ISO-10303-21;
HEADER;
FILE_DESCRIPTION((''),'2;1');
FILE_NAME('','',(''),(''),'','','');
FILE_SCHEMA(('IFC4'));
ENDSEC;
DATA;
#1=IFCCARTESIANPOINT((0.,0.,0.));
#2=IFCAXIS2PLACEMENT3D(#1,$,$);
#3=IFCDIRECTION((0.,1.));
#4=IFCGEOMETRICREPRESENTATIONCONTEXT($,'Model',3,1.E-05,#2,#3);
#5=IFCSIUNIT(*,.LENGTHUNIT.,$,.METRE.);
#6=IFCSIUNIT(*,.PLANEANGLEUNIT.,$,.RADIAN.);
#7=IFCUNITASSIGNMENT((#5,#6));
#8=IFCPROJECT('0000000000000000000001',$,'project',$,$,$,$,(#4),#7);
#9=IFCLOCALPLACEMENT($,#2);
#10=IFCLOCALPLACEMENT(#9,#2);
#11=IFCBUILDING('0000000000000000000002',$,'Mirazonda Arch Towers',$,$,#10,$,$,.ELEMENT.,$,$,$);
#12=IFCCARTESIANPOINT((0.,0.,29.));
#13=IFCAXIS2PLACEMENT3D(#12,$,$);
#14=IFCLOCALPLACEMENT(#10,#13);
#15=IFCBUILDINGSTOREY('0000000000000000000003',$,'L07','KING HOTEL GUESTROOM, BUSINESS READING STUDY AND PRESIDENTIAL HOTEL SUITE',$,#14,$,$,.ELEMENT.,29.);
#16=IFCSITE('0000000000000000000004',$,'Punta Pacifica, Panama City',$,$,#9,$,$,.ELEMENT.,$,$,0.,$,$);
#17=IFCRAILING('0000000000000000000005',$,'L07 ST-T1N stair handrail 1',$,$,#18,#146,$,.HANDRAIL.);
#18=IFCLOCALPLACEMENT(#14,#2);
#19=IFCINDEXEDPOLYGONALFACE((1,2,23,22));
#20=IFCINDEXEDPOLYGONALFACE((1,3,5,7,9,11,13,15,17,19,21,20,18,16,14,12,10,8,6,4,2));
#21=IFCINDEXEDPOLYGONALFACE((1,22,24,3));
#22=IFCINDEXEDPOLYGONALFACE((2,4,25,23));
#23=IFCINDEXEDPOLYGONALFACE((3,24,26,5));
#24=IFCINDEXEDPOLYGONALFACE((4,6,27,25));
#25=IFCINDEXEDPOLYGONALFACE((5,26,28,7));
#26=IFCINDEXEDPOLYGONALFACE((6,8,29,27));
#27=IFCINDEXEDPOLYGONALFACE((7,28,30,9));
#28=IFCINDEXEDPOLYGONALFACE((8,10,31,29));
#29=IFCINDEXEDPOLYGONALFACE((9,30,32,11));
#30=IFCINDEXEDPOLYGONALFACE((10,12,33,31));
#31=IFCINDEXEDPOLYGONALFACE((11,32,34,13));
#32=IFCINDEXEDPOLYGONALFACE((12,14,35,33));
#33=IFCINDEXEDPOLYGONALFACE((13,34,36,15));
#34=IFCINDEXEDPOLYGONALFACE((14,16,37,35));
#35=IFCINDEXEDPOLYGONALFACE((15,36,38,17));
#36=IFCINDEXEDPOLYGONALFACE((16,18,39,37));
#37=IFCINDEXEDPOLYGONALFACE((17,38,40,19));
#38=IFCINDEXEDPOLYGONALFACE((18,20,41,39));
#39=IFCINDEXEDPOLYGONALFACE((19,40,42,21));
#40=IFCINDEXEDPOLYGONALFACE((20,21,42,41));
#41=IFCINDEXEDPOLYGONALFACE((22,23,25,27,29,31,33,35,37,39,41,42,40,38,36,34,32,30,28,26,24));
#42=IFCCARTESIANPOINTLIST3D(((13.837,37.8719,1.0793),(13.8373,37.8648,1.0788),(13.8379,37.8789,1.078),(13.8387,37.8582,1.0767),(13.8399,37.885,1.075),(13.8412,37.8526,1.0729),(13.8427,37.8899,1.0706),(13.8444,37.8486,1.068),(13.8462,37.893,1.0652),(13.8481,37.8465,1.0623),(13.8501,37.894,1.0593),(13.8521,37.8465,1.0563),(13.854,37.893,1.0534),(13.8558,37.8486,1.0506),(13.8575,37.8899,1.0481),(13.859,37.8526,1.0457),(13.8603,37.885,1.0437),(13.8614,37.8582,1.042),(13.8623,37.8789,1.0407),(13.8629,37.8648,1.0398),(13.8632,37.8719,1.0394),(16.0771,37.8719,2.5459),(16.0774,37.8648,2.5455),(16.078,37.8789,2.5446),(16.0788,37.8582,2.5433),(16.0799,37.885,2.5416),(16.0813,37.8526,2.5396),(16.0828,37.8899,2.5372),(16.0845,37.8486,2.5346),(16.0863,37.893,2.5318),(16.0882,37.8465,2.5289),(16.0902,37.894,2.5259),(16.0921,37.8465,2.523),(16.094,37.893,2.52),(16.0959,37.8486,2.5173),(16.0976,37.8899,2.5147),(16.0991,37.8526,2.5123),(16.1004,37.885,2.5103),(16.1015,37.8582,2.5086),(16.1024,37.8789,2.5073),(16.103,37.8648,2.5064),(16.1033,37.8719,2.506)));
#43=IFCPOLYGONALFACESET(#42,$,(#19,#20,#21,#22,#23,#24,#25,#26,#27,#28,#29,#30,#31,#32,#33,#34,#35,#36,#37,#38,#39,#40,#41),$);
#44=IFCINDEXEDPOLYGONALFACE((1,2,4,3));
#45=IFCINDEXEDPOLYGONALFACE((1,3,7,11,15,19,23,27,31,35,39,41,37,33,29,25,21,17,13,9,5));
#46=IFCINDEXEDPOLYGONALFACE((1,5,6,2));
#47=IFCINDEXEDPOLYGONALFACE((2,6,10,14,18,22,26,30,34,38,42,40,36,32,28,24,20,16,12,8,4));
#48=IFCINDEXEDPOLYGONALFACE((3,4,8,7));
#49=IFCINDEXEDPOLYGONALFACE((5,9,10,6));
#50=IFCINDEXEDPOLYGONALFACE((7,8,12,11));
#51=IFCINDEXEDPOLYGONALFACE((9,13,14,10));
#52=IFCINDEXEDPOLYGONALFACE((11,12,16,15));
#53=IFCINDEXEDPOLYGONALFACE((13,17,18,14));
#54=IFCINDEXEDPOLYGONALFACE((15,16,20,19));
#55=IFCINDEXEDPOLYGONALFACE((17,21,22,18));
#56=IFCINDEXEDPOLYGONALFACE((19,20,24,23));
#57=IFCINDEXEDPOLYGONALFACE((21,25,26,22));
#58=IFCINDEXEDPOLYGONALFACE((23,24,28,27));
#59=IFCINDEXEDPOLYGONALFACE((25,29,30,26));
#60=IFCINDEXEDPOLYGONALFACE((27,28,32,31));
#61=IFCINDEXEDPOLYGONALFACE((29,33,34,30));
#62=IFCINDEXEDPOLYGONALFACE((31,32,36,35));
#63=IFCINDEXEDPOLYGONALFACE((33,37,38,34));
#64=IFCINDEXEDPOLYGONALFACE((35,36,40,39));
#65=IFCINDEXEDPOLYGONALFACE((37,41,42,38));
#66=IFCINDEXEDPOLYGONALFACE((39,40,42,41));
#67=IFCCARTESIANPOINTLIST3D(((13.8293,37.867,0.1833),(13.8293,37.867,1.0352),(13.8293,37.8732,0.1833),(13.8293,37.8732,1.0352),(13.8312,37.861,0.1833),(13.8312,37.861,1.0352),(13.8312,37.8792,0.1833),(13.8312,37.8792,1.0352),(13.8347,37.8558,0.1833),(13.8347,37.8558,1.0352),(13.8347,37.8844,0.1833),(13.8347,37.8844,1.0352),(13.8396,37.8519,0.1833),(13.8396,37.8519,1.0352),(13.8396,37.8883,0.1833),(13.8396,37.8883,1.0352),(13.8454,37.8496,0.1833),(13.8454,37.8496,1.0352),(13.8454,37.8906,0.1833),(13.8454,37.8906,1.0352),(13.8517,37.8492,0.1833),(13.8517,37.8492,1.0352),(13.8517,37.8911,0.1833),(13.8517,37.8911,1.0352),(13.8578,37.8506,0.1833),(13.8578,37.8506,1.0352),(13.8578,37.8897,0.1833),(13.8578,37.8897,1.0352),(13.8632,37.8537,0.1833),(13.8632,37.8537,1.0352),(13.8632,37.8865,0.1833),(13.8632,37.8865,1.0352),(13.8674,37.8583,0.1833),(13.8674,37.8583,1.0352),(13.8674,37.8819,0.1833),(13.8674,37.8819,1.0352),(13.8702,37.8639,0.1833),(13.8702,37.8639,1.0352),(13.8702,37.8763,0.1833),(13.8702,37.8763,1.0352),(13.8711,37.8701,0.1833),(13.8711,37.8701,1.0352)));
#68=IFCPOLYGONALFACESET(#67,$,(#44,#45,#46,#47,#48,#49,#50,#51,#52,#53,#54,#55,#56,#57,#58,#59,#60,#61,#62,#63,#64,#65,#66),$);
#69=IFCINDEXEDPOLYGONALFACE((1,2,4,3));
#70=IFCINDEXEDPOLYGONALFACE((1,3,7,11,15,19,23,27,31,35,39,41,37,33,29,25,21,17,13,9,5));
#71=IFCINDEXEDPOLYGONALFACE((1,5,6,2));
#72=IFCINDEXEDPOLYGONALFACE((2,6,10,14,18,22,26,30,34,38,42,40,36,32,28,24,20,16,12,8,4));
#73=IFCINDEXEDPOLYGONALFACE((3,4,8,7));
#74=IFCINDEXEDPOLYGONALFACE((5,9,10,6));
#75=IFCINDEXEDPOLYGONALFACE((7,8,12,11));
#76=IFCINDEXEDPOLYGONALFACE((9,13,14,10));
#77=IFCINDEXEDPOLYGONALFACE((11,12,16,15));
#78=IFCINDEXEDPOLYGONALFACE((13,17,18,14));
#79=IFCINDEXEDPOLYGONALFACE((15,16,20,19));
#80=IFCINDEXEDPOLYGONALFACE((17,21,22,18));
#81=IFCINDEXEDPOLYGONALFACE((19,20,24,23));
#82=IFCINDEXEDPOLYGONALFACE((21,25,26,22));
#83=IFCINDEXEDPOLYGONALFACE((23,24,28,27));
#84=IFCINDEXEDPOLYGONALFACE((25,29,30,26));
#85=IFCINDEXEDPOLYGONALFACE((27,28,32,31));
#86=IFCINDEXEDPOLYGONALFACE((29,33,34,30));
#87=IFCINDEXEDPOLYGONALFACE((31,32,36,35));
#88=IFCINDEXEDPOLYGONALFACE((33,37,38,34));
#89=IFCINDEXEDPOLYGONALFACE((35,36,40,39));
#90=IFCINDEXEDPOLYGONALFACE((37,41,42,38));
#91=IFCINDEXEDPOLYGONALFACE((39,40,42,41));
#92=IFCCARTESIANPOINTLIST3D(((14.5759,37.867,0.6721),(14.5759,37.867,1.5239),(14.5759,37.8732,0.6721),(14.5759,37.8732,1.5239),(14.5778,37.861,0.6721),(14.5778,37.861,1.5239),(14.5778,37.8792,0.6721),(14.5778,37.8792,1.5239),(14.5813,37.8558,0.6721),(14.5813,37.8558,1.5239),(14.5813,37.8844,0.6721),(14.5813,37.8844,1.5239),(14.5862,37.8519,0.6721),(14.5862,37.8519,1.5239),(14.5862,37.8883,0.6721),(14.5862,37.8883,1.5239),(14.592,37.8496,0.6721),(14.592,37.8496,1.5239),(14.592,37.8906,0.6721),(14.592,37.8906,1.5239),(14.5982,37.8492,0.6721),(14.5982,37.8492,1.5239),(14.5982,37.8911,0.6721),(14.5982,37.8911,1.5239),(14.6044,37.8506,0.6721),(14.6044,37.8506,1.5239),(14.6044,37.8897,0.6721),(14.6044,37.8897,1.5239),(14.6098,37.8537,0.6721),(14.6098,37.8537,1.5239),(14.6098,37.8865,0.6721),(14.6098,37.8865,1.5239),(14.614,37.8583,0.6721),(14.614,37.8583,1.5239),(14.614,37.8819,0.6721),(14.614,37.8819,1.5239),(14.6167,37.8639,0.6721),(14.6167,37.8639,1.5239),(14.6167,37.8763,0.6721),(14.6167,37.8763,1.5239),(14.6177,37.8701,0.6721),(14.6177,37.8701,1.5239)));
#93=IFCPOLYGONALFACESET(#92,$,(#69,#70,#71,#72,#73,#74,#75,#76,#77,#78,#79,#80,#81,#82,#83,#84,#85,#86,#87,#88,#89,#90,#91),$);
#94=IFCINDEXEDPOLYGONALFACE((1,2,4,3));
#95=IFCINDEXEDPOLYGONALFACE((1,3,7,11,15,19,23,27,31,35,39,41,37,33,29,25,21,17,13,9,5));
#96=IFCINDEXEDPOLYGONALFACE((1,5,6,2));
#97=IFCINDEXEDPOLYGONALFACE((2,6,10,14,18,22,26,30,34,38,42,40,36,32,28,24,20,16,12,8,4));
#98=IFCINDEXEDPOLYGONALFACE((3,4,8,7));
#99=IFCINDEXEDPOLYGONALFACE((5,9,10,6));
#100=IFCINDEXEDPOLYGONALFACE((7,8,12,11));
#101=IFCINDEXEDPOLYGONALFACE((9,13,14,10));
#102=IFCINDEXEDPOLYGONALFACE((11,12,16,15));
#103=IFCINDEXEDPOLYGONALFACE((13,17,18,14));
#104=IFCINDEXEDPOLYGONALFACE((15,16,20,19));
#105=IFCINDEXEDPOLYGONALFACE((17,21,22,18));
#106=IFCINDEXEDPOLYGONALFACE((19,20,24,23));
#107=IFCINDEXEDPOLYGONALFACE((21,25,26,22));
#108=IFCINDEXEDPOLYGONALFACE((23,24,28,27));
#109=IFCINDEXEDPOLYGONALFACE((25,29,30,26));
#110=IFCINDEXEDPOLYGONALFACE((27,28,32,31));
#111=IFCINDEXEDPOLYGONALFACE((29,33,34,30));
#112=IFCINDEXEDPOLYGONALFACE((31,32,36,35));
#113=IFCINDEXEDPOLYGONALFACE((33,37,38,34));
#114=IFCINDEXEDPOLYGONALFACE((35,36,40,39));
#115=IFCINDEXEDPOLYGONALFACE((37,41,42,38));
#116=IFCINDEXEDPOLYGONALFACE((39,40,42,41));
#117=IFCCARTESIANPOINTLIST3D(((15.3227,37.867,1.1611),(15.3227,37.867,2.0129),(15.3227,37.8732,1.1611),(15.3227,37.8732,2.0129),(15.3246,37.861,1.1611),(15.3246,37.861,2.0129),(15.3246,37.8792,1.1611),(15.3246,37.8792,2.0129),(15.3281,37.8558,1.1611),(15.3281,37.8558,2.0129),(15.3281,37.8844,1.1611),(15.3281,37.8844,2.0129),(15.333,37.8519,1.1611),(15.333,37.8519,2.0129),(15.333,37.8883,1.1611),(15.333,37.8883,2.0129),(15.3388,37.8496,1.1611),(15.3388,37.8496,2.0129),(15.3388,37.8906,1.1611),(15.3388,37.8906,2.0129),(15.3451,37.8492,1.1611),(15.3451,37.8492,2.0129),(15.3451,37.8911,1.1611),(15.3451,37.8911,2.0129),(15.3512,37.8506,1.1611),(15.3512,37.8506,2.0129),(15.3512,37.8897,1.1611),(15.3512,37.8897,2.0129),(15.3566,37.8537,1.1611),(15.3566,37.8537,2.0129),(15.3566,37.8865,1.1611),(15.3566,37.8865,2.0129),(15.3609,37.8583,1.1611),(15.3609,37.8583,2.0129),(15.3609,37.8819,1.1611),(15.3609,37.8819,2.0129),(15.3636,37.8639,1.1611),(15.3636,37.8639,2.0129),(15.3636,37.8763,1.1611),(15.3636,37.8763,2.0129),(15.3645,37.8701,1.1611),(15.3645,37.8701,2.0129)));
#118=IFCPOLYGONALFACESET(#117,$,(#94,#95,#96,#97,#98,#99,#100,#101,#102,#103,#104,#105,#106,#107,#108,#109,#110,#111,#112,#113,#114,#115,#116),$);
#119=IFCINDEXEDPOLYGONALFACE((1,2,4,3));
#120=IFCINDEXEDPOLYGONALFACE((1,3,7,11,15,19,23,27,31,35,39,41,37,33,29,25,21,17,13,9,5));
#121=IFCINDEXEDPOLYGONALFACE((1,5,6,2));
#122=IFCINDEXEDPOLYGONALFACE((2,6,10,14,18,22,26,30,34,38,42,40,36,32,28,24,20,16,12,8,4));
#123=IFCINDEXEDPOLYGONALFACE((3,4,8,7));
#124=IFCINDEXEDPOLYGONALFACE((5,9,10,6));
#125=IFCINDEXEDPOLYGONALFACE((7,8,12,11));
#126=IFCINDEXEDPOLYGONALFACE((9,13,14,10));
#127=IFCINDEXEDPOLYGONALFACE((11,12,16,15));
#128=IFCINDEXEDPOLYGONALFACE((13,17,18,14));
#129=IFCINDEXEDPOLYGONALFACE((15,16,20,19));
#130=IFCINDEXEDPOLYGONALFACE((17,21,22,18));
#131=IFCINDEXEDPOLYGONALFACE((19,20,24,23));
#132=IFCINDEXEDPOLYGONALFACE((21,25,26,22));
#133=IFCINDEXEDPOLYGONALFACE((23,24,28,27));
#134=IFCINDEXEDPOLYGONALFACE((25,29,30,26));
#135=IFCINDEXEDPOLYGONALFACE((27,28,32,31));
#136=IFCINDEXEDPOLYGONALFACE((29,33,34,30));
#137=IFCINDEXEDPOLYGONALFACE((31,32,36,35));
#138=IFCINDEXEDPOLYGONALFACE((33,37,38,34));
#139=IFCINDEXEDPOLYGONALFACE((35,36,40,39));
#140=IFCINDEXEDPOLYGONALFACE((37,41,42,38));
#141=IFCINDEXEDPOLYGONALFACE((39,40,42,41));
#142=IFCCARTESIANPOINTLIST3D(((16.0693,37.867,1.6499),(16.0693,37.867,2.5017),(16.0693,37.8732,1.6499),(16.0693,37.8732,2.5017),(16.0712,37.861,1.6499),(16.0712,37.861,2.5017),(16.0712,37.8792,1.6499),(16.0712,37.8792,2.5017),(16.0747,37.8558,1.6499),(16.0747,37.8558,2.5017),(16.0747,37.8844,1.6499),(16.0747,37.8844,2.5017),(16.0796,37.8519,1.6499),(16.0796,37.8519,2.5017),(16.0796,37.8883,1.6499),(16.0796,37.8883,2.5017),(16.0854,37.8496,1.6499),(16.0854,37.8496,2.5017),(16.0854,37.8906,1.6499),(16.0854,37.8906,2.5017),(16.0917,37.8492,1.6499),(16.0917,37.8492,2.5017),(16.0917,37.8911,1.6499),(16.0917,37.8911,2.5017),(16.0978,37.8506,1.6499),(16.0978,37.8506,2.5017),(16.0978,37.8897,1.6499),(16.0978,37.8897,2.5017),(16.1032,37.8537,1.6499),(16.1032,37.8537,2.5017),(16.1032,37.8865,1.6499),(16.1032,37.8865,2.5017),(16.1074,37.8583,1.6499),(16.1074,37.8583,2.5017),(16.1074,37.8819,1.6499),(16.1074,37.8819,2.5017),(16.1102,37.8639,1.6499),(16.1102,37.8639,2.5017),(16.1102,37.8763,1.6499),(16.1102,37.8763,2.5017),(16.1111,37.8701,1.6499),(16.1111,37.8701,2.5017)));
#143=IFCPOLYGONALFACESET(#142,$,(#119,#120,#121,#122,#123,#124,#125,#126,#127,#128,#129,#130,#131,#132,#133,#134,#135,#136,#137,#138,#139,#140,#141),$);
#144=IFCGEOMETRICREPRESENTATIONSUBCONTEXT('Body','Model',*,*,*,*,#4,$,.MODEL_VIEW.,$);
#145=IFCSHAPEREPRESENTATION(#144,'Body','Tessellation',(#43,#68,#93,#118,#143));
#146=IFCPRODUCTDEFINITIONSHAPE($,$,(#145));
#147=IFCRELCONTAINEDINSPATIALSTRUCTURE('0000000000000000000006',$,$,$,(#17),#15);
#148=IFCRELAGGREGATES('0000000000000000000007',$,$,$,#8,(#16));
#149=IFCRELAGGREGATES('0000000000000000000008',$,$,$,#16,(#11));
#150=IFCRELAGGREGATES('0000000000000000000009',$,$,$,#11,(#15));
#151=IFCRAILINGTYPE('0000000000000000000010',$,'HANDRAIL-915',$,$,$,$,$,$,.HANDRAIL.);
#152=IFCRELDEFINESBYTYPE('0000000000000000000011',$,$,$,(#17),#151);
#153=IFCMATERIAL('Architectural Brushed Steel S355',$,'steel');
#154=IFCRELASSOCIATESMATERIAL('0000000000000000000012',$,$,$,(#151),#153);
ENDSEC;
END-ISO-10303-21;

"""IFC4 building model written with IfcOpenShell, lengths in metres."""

from ifc_helpers import new_model, si_unit, direction, frame, origin, origin_2d, place, context, subcontext, project, spatial, circle, extrude, material, type_object, element, save


model = new_model("IFC4")

# Units and contexts
model_context = context("Model", 3, precision=1e-05, world=origin(), true_north=direction((0.0, 1.0)))
body_context = subcontext(model_context, "Body", "Model", "MODEL_VIEW")
ifc_project = project(units=[si_unit("LENGTHUNIT", "METRE"), si_unit("PLANEANGLEUNIT", "RADIAN")], contexts=[model_context])

# Site, building, storey
site_placement = place(None, origin())
site = spatial("IfcSite", under=ifc_project, at=site_placement, Name="Punta Pacifica, Panama City", CompositionType="ELEMENT", RefElevation=0.0)
building_placement = place(site_placement, origin())
building = spatial("IfcBuilding", under=site, at=building_placement, Name="Mirazonda Arch Towers", CompositionType="ELEMENT")
storey_placement = place(building_placement, frame((0.0, 0.0, 29.0)))
storey = spatial("IfcBuildingStorey", under=building, at=storey_placement, Name="L07", Description="KING HOTEL GUESTROOM, BUSINESS READING STUDY AND PRESIDENTIAL HOTEL SUITE", CompositionType="ELEMENT", Elevation=29.0)

# Shared definitions
ifc_material_1 = material(Name="Architectural Brushed Steel S355", Category="steel")

# Railing
railing_type_1 = type_object("IfcRailingType", Name="HANDRAIL-915", PredefinedType="HANDRAIL", material=ifc_material_1)
railing_1_placement = place(storey_placement, frame((13.8501, 37.8701, 0.1833)))
element("IfcRailing", 1, at=railing_1_placement, inside=storey, type_object=railing_type_1, Name="L07 ST-T1N stair handrail 1", PredefinedType="HANDRAIL", context=body_context, shape_type="SweptSolid", body=[
    extrude(circle(Radius=0.0239, at=origin_2d()), frame((0.0, 0.0, 0.876), z_axis=(0.836637, 0.0, 0.547758), x_axis=(0.0, 1.0, 0.0)), (0.0, 0.0, 1.0), 2.6775),
    extrude(circle(Radius=0.021, at=origin_2d()), origin(), (0.0, 0.0, 1.0), 0.8518),
    extrude(circle(Radius=0.021, at=origin_2d()), frame((0.7466, 0.0, 0.4888)), (0.0, 0.0, 1.0), 0.8518),
    extrude(circle(Radius=0.021, at=origin_2d()), frame((1.4934, 0.0, 0.9778)), (0.0, 0.0, 1.0), 0.8518),
    extrude(circle(Radius=0.021, at=origin_2d()), frame((2.24, 0.0, 1.4666)), (0.0, 0.0, 1.0), 0.8518),
])

save(model, "model.ifc")
